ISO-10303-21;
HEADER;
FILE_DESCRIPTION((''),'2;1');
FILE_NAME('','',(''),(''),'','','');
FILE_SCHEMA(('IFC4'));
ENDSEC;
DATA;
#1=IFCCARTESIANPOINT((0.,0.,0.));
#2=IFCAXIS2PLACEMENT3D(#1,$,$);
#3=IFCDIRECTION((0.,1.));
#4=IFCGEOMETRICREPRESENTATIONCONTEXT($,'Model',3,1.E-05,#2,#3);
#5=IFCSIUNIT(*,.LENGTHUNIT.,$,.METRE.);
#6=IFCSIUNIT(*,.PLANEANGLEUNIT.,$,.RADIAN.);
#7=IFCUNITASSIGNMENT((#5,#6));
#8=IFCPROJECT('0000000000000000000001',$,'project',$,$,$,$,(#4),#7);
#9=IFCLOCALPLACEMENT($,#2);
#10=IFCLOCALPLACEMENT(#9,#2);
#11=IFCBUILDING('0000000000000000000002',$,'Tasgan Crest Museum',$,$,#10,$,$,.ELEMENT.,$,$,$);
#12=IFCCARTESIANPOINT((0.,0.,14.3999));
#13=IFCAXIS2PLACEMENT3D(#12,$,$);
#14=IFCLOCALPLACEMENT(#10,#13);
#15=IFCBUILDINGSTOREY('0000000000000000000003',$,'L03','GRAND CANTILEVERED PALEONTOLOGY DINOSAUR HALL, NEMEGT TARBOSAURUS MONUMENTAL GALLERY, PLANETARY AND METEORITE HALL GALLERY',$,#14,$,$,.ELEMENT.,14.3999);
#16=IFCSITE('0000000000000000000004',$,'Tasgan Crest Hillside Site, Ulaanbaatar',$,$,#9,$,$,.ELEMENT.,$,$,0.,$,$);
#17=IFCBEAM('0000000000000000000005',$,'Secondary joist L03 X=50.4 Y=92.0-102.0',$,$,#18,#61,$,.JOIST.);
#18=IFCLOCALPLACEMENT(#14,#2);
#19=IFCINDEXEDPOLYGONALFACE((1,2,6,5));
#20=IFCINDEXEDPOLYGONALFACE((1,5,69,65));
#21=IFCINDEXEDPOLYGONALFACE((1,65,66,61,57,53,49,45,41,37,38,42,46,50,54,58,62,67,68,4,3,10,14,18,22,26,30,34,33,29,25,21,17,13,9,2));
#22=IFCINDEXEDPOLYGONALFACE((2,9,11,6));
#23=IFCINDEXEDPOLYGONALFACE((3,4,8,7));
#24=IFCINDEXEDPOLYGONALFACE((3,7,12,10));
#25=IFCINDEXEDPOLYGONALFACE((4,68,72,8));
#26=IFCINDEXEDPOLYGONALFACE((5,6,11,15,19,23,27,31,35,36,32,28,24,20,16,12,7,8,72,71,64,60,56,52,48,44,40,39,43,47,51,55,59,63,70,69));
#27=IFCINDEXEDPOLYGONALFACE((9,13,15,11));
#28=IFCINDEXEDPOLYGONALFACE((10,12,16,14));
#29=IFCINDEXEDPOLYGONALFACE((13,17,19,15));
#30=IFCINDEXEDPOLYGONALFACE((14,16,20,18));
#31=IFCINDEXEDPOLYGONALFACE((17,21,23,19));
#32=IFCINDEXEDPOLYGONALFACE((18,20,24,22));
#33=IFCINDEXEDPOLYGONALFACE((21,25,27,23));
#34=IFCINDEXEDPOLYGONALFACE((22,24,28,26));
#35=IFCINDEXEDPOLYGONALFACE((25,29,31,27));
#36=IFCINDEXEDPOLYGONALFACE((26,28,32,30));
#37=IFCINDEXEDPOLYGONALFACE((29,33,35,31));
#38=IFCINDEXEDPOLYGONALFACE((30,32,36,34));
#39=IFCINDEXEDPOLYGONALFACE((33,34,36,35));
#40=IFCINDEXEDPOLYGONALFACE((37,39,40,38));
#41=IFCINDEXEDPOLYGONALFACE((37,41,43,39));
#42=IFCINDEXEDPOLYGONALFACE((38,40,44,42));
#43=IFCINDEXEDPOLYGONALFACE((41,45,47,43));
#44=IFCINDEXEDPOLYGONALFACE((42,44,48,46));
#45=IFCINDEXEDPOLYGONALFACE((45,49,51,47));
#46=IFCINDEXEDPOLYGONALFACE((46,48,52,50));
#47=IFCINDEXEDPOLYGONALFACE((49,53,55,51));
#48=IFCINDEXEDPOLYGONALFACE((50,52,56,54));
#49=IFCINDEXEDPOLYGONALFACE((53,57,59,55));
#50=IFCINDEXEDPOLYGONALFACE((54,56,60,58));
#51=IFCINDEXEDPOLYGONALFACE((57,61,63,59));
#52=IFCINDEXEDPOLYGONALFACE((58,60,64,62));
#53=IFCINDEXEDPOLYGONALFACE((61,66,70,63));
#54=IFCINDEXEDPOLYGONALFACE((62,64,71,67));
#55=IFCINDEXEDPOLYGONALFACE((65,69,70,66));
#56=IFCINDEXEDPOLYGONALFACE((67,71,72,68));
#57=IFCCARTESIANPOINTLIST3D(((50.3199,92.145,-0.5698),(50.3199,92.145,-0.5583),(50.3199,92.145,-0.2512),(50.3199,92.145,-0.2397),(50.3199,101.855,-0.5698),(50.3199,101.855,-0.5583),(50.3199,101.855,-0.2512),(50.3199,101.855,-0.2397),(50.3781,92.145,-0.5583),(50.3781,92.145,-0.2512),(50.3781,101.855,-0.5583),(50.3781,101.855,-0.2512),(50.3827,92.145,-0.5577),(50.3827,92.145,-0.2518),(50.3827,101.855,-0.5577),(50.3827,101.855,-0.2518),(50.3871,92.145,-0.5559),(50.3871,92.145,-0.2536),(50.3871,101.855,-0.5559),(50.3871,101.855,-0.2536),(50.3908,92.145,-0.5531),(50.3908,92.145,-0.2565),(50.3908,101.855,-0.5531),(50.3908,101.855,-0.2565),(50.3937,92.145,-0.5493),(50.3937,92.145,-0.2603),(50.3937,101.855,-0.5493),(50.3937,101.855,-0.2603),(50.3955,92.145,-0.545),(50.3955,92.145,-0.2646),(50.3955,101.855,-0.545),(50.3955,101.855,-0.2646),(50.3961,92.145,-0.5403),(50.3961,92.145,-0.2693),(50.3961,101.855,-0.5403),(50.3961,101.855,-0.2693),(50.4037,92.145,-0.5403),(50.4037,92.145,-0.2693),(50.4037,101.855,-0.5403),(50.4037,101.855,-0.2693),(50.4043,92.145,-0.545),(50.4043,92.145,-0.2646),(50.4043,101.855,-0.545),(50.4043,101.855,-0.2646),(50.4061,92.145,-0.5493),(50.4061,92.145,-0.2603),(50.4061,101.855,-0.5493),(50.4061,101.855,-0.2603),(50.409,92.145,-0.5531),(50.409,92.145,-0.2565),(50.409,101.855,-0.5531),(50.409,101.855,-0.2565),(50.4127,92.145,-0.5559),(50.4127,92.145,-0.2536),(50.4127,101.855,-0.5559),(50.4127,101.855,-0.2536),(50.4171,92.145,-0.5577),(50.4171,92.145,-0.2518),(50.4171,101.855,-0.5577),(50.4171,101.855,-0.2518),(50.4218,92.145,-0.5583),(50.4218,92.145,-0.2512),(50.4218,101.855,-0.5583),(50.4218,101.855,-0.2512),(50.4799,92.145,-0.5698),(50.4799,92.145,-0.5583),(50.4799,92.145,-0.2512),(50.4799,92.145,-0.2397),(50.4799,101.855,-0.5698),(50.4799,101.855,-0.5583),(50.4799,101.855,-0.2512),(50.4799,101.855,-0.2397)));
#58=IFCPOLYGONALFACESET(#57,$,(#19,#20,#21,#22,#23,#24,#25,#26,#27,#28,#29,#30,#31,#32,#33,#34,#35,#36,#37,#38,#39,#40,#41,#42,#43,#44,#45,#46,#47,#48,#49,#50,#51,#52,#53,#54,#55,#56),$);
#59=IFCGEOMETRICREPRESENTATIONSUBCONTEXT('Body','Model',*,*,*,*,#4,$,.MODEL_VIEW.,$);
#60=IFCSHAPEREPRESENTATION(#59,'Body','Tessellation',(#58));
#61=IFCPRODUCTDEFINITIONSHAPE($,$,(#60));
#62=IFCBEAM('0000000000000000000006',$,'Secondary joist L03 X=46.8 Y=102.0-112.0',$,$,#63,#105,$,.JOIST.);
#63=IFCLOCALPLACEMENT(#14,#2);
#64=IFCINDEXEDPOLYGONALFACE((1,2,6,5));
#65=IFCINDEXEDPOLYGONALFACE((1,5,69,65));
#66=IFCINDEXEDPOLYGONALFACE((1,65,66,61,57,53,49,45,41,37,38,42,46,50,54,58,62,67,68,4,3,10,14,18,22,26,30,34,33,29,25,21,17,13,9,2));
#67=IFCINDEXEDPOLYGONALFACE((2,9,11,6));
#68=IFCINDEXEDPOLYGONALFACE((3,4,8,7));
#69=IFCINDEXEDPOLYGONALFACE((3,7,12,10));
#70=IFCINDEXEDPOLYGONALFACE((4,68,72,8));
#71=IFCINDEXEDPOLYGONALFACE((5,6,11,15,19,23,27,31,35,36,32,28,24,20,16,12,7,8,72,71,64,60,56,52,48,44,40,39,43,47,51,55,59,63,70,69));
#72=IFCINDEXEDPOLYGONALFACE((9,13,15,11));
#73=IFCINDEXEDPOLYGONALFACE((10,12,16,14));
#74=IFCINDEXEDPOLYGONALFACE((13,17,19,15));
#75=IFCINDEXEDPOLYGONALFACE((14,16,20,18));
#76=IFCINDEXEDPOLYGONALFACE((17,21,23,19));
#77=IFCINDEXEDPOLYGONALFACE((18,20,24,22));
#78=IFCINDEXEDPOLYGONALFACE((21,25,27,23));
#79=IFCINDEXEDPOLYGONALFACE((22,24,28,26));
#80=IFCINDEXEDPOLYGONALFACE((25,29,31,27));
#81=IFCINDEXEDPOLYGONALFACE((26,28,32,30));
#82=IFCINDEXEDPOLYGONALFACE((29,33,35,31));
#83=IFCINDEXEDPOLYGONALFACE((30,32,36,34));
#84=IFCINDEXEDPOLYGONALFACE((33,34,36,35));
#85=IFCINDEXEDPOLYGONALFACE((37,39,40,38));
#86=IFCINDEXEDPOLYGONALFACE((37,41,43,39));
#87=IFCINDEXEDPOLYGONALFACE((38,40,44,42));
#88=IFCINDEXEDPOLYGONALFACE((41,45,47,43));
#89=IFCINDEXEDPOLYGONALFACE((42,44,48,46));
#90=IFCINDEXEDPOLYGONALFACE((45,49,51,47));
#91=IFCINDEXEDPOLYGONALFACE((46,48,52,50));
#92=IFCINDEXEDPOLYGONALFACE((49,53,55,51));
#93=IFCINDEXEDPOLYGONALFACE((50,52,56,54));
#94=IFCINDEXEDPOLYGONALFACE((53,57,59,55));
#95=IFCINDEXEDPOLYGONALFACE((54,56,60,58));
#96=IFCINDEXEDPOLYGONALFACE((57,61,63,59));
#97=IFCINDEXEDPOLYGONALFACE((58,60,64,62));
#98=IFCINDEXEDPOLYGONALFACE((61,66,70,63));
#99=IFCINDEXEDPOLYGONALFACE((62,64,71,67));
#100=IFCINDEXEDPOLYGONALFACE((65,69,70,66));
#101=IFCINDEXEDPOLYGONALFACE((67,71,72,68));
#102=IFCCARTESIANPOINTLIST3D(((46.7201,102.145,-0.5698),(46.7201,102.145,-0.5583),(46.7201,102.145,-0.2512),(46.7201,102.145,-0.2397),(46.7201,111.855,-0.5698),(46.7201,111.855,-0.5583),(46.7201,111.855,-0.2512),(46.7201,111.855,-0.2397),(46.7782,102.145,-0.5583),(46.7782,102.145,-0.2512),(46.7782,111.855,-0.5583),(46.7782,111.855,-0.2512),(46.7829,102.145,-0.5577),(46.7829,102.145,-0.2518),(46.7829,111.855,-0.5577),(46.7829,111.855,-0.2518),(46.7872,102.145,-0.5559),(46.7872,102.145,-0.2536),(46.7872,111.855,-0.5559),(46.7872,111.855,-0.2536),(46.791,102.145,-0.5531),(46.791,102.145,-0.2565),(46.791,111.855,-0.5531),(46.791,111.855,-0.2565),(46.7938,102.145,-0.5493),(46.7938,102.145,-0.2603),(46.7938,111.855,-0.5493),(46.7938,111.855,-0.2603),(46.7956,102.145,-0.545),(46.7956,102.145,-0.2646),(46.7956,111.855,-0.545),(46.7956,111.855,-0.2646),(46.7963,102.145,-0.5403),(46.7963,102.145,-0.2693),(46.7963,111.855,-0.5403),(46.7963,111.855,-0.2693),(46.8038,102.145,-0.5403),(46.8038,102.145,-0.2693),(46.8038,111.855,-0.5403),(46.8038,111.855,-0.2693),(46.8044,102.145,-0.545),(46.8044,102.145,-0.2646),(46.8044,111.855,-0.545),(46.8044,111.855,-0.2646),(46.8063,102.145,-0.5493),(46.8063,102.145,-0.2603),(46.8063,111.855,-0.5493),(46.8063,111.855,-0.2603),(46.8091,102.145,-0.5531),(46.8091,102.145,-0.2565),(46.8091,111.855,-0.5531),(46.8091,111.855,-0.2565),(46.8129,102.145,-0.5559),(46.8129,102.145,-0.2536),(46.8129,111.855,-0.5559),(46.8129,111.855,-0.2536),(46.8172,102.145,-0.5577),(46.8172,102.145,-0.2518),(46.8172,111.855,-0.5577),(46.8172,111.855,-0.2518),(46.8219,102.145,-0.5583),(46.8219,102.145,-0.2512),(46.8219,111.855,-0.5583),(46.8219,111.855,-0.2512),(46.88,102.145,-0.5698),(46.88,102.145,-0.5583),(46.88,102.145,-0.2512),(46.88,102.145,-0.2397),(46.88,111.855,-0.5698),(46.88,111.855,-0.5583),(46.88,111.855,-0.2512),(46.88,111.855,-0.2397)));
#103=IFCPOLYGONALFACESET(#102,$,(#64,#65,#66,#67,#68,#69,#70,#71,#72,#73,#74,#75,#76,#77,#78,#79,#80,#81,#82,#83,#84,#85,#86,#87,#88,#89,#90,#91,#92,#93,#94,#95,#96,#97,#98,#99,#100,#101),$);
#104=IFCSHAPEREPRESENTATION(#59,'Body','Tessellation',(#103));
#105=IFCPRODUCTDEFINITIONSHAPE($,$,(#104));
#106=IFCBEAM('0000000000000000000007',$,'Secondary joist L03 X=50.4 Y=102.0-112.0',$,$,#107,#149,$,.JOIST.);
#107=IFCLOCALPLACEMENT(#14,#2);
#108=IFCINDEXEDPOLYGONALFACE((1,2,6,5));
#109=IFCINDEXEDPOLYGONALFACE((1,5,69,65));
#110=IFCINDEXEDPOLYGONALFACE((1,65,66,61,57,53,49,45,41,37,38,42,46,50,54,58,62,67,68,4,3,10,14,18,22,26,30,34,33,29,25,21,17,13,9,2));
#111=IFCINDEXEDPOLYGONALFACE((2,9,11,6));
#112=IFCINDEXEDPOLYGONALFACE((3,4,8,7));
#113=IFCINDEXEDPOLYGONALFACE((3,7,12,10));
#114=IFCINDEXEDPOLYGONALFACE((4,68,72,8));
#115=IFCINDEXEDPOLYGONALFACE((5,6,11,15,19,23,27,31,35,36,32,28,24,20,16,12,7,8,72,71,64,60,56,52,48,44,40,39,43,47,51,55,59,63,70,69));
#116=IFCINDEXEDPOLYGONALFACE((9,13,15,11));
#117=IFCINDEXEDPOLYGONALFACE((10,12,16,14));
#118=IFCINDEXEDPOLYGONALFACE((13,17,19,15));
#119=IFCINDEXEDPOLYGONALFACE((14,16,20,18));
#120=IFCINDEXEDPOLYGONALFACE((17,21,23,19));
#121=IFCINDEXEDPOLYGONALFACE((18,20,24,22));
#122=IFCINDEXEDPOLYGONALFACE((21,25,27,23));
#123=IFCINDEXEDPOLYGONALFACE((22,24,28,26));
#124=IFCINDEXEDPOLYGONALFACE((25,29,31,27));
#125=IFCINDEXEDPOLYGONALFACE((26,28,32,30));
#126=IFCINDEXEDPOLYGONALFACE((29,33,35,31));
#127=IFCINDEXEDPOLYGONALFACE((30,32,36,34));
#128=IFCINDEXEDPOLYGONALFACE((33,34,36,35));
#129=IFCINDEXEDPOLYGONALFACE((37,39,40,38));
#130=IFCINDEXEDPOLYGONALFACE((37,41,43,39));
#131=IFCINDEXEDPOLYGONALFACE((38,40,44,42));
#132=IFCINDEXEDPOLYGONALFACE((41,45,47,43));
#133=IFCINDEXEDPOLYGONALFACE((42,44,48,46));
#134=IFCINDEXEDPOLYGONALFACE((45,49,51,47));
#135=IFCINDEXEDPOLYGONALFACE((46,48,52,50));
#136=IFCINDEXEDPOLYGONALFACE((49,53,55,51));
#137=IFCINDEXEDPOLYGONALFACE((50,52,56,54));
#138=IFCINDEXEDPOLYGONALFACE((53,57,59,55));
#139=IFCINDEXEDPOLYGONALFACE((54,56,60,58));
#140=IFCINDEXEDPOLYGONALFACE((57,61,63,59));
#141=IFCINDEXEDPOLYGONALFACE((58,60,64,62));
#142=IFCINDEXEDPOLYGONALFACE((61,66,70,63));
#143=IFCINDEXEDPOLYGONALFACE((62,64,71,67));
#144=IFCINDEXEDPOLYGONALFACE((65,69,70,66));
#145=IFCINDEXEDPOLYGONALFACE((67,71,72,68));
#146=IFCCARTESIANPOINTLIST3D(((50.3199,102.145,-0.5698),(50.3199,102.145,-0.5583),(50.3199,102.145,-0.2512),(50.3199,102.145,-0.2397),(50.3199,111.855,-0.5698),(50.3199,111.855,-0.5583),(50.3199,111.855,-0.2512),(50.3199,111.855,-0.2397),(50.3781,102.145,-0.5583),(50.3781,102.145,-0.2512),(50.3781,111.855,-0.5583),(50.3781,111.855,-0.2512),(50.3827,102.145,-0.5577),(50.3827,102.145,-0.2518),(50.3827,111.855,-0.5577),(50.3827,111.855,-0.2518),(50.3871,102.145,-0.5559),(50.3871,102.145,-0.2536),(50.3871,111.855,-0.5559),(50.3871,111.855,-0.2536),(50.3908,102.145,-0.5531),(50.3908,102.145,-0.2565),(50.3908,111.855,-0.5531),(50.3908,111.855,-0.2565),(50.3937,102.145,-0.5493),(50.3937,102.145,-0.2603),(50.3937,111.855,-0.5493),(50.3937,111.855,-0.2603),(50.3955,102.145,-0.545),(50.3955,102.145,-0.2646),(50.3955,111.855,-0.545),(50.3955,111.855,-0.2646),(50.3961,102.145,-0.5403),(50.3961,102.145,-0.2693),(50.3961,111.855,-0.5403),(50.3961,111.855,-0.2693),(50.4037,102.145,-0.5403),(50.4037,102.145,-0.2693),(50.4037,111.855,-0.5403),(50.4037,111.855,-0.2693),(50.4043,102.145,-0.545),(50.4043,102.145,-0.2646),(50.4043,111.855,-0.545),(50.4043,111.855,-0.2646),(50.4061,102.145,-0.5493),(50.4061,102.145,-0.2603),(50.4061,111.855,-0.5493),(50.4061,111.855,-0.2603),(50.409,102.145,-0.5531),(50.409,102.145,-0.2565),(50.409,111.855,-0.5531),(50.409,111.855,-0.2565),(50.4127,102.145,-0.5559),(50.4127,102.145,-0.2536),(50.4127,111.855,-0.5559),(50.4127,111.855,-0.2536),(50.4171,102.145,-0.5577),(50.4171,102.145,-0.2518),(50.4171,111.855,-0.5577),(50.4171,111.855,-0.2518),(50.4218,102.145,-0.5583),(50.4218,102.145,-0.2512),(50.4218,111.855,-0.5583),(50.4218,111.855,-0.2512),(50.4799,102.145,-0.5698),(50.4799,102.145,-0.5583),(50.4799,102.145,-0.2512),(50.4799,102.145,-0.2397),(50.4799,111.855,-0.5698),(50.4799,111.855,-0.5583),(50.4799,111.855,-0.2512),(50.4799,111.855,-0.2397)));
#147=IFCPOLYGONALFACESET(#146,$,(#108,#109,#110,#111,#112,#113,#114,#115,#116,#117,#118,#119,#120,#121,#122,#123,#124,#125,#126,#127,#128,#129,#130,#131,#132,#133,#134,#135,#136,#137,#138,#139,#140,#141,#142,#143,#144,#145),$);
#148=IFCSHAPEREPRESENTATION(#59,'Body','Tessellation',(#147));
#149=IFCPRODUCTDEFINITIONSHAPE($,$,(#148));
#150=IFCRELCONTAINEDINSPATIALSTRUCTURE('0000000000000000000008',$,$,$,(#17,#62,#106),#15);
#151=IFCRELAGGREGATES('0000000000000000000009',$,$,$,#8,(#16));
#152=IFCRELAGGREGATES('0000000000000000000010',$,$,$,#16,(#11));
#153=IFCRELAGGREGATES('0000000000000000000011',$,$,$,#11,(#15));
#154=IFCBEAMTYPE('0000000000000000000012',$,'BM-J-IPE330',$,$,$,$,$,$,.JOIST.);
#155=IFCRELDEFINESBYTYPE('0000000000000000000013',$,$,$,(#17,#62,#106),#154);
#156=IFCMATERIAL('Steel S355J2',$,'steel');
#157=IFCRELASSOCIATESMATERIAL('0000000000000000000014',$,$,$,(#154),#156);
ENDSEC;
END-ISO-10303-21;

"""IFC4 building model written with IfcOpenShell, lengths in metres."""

from ifc_helpers import new_model, si_unit, direction, frame, origin, origin_2d, place, context, subcontext, project, spatial, i_section, extrude, material, material_profile, profile_set, type_object, element, save


model = new_model("IFC4")

# Units and contexts
model_context = context("Model", 3, precision=1e-05, world=origin(), true_north=direction((0.0, 1.0)))
body_context = subcontext(model_context, "Body", "Model", "MODEL_VIEW")
ifc_project = project(units=[si_unit("LENGTHUNIT", "METRE"), si_unit("PLANEANGLEUNIT", "RADIAN")], contexts=[model_context])

# Site, building, storey
site_placement = place(None, origin())
site = spatial("IfcSite", under=ifc_project, at=site_placement, Name="Tasgan Crest Hillside Site, Ulaanbaatar", CompositionType="ELEMENT", RefElevation=0.0)
building_placement = place(site_placement, origin())
building = spatial("IfcBuilding", under=site, at=building_placement, Name="Tasgan Crest Museum", CompositionType="ELEMENT")
storey_placement = place(building_placement, frame((0.0, 0.0, 14.3999)))
storey = spatial("IfcBuildingStorey", under=building, at=storey_placement, Name="L03", Description="GRAND CANTILEVERED PALEONTOLOGY DINOSAUR HALL, NEMEGT TARBOSAURUS MONUMENTAL GALLERY, PLANETARY AND METEORITE HALL GALLERY", CompositionType="ELEMENT", Elevation=14.3999)

# Beams
ifc_material_1 = material(Name="Steel S355J2", Category="steel")
ifc_material_profile_1 = material_profile(ifc_material_1, i_section(OverallWidth=0.1599, OverallDepth=0.3301, WebThickness=0.0076, FlangeThickness=0.0115, FilletRadius=0.0181, at=origin_2d()), Name="IPE 330")
ifc_profile_set_1 = profile_set([ifc_material_profile_1], Name="Steel S355J2")
beam_type_1 = type_object("IfcBeamType", Name="BM-J-IPE330", PredefinedType="JOIST", material=ifc_profile_set_1)
for number, where, z_axis, x_axis, name in (
    (1, (50.3999, 92.145, -0.4048), (0.0, 1.0, 0.0), (-1.0, 0.0, 0.0), "Secondary joist L03 X=50.4 Y=92.0-102.0"),
    (2, (46.8, 102.145, -0.4048), (0.0, 1.0, 0.0), (-1.0, 0.0, 0.0), "Secondary joist L03 X=46.8 Y=102.0-112.0"),
    (3, (50.3999, 102.145, -0.4048), (0.0, 1.0, 0.0), (-1.0, 0.0, 0.0), "Secondary joist L03 X=50.4 Y=102.0-112.0"),
):
    element("IfcBeam", number, at=place(storey_placement, frame(where, z_axis=z_axis, x_axis=x_axis)), inside=storey, type_object=beam_type_1, Name=name, PredefinedType="JOIST", context=body_context, shape_type="SweptSolid", body=[
        extrude(i_section(OverallWidth=0.1599, OverallDepth=0.3301, WebThickness=0.0076, FlangeThickness=0.0115, FilletRadius=0.0181, at=origin_2d()), origin(), (0.0, 0.0, 1.0), 9.71),
    ])

save(model, "model.ifc")
